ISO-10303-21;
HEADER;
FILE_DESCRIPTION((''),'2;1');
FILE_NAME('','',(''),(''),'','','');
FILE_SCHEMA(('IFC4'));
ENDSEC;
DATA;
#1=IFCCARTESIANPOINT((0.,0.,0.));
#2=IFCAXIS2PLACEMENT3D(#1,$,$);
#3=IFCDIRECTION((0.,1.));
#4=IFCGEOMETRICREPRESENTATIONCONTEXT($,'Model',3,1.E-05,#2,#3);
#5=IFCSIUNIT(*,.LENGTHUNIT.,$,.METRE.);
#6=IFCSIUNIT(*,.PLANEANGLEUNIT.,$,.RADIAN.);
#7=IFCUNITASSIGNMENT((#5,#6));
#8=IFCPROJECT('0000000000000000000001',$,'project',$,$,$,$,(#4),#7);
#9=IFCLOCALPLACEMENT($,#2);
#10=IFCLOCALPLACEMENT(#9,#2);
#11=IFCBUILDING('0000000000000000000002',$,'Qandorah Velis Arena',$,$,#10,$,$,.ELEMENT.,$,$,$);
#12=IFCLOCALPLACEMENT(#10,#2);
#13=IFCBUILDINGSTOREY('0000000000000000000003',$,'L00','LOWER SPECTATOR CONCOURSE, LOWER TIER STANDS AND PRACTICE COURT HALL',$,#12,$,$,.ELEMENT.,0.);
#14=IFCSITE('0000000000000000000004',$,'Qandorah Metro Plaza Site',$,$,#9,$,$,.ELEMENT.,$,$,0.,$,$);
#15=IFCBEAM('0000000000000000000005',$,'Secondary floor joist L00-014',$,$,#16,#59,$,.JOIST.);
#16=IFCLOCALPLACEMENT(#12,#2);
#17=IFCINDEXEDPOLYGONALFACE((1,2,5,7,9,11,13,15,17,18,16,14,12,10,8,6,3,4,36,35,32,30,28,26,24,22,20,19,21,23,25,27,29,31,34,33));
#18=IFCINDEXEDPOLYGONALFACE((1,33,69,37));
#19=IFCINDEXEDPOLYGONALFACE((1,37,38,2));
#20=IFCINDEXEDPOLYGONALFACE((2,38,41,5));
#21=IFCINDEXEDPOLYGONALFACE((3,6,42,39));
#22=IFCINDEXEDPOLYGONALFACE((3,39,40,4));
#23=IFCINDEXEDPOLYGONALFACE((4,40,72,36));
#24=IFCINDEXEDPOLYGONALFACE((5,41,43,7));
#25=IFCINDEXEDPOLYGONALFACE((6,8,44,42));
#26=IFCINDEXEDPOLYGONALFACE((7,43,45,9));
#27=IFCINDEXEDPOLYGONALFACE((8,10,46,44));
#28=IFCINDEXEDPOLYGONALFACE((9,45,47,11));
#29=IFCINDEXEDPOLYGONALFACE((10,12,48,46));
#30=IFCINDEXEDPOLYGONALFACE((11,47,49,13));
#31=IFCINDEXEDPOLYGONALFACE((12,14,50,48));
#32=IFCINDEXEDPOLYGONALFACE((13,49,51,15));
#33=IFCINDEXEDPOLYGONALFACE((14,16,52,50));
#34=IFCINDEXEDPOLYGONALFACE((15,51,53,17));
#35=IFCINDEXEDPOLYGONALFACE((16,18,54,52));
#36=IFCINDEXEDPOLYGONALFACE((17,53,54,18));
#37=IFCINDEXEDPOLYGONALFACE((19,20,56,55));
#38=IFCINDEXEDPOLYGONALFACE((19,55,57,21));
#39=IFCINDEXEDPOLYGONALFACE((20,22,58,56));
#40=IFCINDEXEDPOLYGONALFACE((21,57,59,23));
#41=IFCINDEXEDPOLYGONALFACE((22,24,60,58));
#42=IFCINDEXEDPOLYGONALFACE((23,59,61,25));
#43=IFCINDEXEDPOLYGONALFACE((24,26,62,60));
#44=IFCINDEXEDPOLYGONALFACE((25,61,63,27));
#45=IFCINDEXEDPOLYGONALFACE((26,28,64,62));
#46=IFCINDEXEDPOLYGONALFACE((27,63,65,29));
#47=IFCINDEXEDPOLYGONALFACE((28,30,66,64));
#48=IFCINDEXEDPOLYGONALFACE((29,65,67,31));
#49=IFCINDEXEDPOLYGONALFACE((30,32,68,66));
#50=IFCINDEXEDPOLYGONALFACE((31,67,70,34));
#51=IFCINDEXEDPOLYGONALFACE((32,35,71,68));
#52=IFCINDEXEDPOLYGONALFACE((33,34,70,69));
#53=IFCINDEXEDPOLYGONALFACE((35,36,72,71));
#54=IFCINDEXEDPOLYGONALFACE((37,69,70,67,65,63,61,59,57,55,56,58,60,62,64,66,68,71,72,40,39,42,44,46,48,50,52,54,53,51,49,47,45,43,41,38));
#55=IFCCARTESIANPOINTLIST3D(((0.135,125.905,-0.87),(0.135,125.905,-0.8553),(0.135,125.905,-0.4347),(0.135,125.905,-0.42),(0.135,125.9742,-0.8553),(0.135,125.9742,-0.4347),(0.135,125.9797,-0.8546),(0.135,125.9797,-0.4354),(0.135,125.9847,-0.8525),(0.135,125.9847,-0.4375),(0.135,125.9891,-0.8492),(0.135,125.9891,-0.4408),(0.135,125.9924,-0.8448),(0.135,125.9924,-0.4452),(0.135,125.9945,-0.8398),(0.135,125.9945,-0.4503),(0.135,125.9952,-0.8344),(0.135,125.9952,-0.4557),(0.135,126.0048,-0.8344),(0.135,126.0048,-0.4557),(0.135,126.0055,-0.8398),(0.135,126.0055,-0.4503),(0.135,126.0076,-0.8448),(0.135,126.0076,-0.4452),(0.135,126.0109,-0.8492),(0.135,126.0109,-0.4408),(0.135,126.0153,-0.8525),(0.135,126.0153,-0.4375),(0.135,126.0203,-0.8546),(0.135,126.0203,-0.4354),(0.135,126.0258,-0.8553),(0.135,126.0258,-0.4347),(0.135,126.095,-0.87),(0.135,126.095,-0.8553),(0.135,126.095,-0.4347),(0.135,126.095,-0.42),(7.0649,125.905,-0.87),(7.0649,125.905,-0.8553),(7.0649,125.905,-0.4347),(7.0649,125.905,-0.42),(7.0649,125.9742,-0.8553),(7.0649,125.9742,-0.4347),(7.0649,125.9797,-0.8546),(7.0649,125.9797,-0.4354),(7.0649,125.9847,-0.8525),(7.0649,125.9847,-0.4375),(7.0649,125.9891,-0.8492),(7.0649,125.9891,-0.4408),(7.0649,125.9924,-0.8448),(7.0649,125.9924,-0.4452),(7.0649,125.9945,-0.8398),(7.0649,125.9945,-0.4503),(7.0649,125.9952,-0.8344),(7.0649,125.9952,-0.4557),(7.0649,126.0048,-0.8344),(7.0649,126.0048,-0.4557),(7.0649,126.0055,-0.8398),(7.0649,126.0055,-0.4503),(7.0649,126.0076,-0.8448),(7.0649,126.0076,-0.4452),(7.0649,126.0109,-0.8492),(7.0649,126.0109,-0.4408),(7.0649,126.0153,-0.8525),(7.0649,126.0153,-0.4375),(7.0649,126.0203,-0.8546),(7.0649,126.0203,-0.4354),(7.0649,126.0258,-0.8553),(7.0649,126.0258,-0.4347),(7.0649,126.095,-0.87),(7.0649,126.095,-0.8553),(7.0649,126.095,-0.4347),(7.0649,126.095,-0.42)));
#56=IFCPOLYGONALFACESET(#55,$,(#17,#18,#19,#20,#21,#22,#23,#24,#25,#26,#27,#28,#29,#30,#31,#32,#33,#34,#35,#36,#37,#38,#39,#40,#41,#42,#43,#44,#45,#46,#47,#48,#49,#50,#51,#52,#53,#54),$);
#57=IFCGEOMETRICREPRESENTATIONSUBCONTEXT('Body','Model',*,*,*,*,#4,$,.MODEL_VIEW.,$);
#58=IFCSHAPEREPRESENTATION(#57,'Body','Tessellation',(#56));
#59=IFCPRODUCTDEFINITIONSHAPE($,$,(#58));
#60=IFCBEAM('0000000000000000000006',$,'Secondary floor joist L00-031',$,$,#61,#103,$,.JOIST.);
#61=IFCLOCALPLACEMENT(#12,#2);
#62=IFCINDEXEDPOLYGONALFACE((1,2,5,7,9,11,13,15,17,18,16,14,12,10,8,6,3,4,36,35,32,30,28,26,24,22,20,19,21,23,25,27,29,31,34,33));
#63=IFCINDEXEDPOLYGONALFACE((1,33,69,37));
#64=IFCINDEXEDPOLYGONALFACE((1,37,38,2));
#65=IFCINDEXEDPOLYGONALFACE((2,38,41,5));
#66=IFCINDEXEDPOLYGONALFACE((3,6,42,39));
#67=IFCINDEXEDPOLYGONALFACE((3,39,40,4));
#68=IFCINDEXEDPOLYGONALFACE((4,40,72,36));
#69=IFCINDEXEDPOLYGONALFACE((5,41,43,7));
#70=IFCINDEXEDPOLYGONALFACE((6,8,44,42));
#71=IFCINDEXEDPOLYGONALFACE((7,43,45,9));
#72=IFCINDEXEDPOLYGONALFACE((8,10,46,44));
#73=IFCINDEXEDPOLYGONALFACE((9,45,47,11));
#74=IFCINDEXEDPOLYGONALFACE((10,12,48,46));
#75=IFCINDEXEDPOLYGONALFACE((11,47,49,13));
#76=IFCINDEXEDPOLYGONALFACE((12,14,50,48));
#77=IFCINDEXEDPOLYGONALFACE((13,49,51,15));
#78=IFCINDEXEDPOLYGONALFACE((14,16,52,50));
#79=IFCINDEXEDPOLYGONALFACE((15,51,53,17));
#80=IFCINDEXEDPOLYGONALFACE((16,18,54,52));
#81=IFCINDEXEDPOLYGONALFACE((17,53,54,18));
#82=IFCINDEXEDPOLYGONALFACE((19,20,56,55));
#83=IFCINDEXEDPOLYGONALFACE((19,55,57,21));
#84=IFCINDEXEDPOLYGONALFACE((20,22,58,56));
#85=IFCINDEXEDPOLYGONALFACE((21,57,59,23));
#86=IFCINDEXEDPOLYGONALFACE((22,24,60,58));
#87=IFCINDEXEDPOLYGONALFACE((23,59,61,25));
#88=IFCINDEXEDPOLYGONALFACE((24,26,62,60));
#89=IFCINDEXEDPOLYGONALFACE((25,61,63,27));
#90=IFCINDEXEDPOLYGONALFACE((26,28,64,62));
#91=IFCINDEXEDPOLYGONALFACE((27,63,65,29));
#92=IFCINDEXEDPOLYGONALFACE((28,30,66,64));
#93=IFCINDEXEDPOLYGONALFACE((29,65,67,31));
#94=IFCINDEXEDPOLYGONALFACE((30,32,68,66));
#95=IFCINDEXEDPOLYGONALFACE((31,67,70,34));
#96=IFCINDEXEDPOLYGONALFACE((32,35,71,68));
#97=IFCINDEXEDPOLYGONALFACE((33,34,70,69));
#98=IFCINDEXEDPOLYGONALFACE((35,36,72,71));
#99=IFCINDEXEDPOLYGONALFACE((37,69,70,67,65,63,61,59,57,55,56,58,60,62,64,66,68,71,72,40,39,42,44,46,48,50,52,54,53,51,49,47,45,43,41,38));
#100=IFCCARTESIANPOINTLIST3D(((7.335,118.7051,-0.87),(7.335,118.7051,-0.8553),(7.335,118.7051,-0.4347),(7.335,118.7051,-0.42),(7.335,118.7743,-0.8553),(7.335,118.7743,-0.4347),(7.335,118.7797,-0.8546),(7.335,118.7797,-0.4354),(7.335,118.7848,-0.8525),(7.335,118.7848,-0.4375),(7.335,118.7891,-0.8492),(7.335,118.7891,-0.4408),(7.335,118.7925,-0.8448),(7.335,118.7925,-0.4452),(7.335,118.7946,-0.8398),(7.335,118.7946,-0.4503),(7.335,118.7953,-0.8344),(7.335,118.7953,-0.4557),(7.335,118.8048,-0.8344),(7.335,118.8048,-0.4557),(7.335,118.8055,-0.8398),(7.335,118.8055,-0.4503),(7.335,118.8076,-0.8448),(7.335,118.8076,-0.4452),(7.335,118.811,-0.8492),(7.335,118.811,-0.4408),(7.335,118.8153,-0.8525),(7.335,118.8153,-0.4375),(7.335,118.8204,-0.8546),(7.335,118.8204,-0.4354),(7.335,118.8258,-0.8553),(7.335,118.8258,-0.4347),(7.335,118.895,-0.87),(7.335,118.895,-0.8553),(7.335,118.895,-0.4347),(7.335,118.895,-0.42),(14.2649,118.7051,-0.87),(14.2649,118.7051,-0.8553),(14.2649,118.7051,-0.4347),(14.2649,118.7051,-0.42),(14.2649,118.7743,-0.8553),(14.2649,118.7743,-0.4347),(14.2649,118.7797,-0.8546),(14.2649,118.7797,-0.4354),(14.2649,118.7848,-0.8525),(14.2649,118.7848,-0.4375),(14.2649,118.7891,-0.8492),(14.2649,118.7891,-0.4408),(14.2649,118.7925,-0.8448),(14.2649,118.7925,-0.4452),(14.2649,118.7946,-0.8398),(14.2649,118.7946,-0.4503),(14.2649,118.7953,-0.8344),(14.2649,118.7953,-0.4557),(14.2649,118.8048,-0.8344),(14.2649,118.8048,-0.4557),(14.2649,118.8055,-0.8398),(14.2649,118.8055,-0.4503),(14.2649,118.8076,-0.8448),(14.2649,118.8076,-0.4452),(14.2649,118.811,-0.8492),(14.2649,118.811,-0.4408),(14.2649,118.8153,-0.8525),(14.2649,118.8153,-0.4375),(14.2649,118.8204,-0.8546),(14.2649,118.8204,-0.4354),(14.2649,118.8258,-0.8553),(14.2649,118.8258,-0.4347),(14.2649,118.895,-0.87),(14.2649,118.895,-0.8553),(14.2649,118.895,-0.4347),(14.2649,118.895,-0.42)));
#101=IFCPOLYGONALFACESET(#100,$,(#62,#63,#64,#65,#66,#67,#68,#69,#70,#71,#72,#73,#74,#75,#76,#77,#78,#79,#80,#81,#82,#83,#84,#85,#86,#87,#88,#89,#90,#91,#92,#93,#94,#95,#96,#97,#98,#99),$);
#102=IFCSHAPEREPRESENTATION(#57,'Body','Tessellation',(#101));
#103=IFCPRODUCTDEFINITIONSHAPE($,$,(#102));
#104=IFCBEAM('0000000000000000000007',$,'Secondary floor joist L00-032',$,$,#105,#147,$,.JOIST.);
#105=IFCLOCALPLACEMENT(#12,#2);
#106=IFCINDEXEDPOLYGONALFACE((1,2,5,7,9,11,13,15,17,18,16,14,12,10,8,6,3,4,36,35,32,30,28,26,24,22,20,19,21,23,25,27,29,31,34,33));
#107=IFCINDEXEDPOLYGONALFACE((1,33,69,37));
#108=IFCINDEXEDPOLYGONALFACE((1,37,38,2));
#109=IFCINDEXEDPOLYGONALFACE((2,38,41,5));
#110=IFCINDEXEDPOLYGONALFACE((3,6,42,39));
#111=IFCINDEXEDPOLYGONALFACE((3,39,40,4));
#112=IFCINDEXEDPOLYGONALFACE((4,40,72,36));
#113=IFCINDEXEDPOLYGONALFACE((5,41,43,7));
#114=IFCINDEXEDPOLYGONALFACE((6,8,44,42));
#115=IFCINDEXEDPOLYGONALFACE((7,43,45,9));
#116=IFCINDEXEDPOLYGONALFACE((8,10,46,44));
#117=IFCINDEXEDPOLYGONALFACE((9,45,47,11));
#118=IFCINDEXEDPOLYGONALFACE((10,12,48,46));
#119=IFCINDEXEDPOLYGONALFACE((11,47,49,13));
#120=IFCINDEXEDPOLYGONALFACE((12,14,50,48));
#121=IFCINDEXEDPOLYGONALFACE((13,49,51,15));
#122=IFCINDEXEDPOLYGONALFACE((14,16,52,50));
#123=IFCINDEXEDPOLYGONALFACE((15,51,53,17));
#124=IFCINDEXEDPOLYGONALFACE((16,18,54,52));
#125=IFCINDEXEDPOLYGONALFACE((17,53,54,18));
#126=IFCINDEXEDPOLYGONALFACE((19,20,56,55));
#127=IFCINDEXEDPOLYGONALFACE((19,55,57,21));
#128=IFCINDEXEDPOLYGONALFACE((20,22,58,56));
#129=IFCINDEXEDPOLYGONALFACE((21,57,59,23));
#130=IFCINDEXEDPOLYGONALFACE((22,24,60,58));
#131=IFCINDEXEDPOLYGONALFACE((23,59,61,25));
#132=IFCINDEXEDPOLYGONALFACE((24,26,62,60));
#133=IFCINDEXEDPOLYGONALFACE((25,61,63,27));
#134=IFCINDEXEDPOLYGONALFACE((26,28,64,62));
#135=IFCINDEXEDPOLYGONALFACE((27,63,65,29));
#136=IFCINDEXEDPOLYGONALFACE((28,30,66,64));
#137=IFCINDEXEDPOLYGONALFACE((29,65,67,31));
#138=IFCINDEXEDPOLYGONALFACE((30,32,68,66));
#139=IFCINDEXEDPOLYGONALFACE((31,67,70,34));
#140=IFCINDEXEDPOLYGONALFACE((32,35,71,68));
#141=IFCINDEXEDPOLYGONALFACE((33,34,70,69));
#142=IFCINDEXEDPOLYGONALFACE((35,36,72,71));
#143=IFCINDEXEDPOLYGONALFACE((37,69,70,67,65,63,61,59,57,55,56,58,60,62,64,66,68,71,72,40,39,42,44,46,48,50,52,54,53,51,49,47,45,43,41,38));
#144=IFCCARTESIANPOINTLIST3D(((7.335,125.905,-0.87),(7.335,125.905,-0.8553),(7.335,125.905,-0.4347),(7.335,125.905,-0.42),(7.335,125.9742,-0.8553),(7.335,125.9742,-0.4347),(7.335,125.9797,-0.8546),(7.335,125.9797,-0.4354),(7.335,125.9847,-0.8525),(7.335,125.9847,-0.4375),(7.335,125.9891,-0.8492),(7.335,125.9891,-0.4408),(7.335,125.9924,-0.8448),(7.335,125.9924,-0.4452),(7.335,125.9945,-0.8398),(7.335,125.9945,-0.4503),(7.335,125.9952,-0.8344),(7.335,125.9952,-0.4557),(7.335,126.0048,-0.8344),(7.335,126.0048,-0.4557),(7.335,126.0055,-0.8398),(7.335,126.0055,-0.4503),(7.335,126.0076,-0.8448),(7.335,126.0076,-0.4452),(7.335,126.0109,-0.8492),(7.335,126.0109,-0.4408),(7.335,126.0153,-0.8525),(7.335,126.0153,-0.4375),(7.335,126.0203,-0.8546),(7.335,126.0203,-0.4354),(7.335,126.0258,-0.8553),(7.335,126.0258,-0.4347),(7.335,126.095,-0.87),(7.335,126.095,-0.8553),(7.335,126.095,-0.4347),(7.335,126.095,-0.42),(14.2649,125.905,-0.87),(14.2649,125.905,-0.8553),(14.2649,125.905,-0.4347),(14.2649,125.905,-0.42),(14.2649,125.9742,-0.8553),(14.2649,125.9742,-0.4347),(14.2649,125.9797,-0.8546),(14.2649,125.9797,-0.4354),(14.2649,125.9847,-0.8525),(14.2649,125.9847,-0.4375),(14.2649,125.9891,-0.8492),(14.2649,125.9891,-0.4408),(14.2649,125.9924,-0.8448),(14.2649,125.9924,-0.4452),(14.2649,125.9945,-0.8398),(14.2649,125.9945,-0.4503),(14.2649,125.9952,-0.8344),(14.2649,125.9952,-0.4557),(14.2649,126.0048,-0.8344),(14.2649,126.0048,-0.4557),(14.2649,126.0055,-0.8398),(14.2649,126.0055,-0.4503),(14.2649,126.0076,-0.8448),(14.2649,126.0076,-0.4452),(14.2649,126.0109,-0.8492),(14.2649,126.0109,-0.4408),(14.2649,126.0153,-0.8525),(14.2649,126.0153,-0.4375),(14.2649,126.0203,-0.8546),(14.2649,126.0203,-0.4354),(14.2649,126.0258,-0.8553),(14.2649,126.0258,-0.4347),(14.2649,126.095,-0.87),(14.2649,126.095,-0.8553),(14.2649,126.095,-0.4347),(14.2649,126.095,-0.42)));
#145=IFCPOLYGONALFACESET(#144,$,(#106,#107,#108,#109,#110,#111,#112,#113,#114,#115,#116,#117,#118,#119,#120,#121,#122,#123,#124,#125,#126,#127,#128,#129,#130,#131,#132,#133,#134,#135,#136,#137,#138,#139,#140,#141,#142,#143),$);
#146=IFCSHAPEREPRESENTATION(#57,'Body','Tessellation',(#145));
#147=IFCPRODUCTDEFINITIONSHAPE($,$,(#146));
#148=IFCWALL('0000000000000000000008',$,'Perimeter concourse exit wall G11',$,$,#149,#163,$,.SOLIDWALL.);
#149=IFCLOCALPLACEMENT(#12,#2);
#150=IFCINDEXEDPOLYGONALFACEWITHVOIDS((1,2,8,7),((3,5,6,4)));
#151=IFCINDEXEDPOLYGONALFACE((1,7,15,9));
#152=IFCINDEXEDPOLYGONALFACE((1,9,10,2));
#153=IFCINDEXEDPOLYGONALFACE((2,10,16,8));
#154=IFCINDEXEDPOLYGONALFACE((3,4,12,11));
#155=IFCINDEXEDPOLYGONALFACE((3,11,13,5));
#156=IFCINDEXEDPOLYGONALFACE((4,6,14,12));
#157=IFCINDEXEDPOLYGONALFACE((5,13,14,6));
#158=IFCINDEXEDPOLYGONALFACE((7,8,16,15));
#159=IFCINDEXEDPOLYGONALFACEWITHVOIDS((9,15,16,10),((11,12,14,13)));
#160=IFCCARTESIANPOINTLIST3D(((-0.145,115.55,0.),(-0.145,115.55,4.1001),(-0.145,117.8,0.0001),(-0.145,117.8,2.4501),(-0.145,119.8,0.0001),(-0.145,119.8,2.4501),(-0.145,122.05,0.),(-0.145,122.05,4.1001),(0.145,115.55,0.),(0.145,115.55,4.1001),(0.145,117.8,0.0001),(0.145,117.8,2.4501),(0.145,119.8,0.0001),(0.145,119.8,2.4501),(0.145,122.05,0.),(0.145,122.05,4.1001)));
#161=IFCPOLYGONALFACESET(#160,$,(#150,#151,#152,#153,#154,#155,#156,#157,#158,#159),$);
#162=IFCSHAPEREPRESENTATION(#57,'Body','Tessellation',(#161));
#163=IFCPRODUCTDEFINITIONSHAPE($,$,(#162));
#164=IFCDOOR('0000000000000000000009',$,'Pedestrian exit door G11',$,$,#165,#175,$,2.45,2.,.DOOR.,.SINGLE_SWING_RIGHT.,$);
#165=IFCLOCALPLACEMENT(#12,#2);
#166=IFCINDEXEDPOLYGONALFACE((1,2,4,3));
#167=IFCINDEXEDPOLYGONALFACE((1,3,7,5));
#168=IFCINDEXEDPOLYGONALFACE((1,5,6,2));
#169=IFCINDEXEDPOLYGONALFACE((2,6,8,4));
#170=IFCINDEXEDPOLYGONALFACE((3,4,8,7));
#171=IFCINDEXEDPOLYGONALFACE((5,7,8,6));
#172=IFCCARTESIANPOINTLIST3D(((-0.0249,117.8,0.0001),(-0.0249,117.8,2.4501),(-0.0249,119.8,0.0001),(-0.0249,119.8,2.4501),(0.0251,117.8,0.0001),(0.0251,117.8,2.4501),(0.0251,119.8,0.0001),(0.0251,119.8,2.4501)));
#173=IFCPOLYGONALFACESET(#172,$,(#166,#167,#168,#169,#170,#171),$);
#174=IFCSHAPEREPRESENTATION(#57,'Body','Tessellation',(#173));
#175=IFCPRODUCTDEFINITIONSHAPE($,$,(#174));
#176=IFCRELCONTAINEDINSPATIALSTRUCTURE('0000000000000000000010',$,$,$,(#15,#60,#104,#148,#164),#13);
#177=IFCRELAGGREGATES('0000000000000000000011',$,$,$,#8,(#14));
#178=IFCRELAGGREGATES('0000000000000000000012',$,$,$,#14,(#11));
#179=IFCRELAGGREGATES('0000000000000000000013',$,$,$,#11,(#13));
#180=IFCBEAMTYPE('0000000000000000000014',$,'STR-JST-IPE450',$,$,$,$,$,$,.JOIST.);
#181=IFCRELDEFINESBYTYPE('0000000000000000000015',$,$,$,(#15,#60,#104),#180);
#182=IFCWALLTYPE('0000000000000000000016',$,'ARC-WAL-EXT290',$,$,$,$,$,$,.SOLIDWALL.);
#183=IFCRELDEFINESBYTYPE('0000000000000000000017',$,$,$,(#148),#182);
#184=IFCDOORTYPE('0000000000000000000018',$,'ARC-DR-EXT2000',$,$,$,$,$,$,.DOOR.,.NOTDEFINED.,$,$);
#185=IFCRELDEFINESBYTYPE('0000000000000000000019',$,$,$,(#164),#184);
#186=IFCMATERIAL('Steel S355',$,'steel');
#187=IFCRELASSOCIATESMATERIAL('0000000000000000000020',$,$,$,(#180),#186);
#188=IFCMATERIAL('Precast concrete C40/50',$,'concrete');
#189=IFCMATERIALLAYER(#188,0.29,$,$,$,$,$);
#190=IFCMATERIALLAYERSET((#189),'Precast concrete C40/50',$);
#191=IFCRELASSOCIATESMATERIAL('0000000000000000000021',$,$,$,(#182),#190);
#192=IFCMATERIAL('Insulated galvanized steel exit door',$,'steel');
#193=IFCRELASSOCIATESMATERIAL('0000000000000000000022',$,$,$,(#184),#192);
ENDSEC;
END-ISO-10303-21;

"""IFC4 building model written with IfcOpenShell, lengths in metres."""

from ifc_helpers import new_model, si_unit, direction, frame, frame_2d, origin, origin_2d, place, context, subcontext, project, spatial, rectangle, i_section, extrude, material, layer, layer_set, material_profile, profile_set, type_object, element, fill, save


model = new_model("IFC4")

# Units and contexts
model_context = context("Model", 3, precision=1e-05, world=origin(), true_north=direction((0.0, 1.0)))
body_context = subcontext(model_context, "Body", "Model", "MODEL_VIEW")
ifc_project = project(units=[si_unit("LENGTHUNIT", "METRE"), si_unit("PLANEANGLEUNIT", "RADIAN")], contexts=[model_context])

# Site, building, storey
site_placement = place(None, origin())
site = spatial("IfcSite", under=ifc_project, at=site_placement, Name="Qandorah Metro Plaza Site", CompositionType="ELEMENT", RefElevation=0.0)
building_placement = place(site_placement, origin())
building = spatial("IfcBuilding", under=site, at=building_placement, Name="Qandorah Velis Arena", CompositionType="ELEMENT")
storey_placement = place(building_placement, origin())
storey = spatial("IfcBuildingStorey", under=building, at=storey_placement, Name="L00", Description="LOWER SPECTATOR CONCOURSE, LOWER TIER STANDS AND PRACTICE COURT HALL", CompositionType="ELEMENT", Elevation=0.0)

# Beams
ifc_material_1 = material(Name="Steel S355", Category="steel")
ifc_material_profile_1 = material_profile(ifc_material_1, i_section(OverallWidth=0.1899, OverallDepth=0.45, WebThickness=0.0095, FlangeThickness=0.0146, FilletRadius=0.021, at=origin_2d()), Name="IPE 450")
ifc_profile_set_1 = profile_set([ifc_material_profile_1], Name="Steel S355")
beam_type_1 = type_object("IfcBeamType", Name="STR-JST-IPE450", PredefinedType="JOIST", material=ifc_profile_set_1)
for number, where, z_axis, x_axis, name in (
    (1, (0.135, 126.0, -0.645), (1.0, 0.0, 0.0), (0.0, 1.0, 0.0), "Secondary floor joist L00-014"),
    (2, (7.335, 118.8, -0.645), (1.0, 0.0, 0.0), (0.0, 1.0, 0.0), "Secondary floor joist L00-031"),
    (3, (7.335, 126.0, -0.645), (1.0, 0.0, 0.0), (0.0, 1.0, 0.0), "Secondary floor joist L00-032"),
):
    element("IfcBeam", number, at=place(storey_placement, frame(where, z_axis=z_axis, x_axis=x_axis)), inside=storey, type_object=beam_type_1, Name=name, PredefinedType="JOIST", context=body_context, shape_type="SweptSolid", body=[
        extrude(i_section(OverallWidth=0.1899, OverallDepth=0.45, WebThickness=0.0095, FlangeThickness=0.0146, FilletRadius=0.021, at=origin_2d()), origin(), (0.0, 0.0, 1.0), 6.9299),
    ])

# Wall, opening, door
ifc_material_2 = material(Name="Precast concrete C40/50", Category="concrete")
ifc_layer_1 = layer(ifc_material_2, 0.29)
ifc_layer_set_1 = layer_set([ifc_layer_1], Name="Precast concrete C40/50")
wall_type_1 = type_object("IfcWallType", Name="ARC-WAL-EXT290", PredefinedType="SOLIDWALL", material=ifc_layer_set_1)
wall_1_placement = place(storey_placement, frame((0.0, 115.55, 0.0), z_axis=(0.0, 0.0, 1.0), x_axis=(0.0, 1.0, 0.0)))
wall_1 = element("IfcWall", 4, at=wall_1_placement, inside=storey, type_object=wall_type_1, Name="Perimeter concourse exit wall G11", PredefinedType="SOLIDWALL", context=body_context, shape_type="SweptSolid", body=[
    extrude(rectangle(XDim=6.5, YDim=0.29, at=frame_2d((3.25, 0.0))), origin(), (0.0, 0.0, 1.0), 4.1001),
])
opening_1_placement = place(wall_1_placement, frame((2.25, 0.0, 0.0)))
opening_1 = element("IfcOpeningElement", 5, at=opening_1_placement, cuts=wall_1, PredefinedType="OPENING", context=body_context, shape_type="SweptSolid", body=[
    extrude(rectangle(XDim=2.0, YDim=2.45, at=frame_2d((1.0, 1.2251))), frame((0.0, 0.155, 0.0), z_axis=(0.0, -1.0, 0.0), x_axis=(1.0, 0.0, 0.0)), (0.0, 0.0, 1.0), 0.3101),
])
ifc_material_3 = material(Name="Insulated galvanized steel exit door", Category="steel")
door_type_1 = type_object("IfcDoorType", Name="ARC-DR-EXT2000", OperationType="NOTDEFINED", PredefinedType="DOOR", material=ifc_material_3)
door_1_placement = place(opening_1_placement, origin())
door_1 = element("IfcDoor", 6, at=door_1_placement, inside=storey, type_object=door_type_1, Name="Pedestrian exit door G11", OperationType="SINGLE_SWING_RIGHT", OverallHeight=2.45, OverallWidth=2.0, PredefinedType="DOOR", context=body_context, shape_type="SweptSolid", body=[
    extrude(rectangle(XDim=2.0, YDim=2.45, at=frame_2d((1.0, 1.2251))), frame((0.0, 0.0249, 0.0), z_axis=(0.0, -1.0, 0.0), x_axis=(1.0, 0.0, 0.0)), (0.0, 0.0, 1.0), 0.05),
])
fill(opening_1, door_1)

save(model, "model.ifc")
